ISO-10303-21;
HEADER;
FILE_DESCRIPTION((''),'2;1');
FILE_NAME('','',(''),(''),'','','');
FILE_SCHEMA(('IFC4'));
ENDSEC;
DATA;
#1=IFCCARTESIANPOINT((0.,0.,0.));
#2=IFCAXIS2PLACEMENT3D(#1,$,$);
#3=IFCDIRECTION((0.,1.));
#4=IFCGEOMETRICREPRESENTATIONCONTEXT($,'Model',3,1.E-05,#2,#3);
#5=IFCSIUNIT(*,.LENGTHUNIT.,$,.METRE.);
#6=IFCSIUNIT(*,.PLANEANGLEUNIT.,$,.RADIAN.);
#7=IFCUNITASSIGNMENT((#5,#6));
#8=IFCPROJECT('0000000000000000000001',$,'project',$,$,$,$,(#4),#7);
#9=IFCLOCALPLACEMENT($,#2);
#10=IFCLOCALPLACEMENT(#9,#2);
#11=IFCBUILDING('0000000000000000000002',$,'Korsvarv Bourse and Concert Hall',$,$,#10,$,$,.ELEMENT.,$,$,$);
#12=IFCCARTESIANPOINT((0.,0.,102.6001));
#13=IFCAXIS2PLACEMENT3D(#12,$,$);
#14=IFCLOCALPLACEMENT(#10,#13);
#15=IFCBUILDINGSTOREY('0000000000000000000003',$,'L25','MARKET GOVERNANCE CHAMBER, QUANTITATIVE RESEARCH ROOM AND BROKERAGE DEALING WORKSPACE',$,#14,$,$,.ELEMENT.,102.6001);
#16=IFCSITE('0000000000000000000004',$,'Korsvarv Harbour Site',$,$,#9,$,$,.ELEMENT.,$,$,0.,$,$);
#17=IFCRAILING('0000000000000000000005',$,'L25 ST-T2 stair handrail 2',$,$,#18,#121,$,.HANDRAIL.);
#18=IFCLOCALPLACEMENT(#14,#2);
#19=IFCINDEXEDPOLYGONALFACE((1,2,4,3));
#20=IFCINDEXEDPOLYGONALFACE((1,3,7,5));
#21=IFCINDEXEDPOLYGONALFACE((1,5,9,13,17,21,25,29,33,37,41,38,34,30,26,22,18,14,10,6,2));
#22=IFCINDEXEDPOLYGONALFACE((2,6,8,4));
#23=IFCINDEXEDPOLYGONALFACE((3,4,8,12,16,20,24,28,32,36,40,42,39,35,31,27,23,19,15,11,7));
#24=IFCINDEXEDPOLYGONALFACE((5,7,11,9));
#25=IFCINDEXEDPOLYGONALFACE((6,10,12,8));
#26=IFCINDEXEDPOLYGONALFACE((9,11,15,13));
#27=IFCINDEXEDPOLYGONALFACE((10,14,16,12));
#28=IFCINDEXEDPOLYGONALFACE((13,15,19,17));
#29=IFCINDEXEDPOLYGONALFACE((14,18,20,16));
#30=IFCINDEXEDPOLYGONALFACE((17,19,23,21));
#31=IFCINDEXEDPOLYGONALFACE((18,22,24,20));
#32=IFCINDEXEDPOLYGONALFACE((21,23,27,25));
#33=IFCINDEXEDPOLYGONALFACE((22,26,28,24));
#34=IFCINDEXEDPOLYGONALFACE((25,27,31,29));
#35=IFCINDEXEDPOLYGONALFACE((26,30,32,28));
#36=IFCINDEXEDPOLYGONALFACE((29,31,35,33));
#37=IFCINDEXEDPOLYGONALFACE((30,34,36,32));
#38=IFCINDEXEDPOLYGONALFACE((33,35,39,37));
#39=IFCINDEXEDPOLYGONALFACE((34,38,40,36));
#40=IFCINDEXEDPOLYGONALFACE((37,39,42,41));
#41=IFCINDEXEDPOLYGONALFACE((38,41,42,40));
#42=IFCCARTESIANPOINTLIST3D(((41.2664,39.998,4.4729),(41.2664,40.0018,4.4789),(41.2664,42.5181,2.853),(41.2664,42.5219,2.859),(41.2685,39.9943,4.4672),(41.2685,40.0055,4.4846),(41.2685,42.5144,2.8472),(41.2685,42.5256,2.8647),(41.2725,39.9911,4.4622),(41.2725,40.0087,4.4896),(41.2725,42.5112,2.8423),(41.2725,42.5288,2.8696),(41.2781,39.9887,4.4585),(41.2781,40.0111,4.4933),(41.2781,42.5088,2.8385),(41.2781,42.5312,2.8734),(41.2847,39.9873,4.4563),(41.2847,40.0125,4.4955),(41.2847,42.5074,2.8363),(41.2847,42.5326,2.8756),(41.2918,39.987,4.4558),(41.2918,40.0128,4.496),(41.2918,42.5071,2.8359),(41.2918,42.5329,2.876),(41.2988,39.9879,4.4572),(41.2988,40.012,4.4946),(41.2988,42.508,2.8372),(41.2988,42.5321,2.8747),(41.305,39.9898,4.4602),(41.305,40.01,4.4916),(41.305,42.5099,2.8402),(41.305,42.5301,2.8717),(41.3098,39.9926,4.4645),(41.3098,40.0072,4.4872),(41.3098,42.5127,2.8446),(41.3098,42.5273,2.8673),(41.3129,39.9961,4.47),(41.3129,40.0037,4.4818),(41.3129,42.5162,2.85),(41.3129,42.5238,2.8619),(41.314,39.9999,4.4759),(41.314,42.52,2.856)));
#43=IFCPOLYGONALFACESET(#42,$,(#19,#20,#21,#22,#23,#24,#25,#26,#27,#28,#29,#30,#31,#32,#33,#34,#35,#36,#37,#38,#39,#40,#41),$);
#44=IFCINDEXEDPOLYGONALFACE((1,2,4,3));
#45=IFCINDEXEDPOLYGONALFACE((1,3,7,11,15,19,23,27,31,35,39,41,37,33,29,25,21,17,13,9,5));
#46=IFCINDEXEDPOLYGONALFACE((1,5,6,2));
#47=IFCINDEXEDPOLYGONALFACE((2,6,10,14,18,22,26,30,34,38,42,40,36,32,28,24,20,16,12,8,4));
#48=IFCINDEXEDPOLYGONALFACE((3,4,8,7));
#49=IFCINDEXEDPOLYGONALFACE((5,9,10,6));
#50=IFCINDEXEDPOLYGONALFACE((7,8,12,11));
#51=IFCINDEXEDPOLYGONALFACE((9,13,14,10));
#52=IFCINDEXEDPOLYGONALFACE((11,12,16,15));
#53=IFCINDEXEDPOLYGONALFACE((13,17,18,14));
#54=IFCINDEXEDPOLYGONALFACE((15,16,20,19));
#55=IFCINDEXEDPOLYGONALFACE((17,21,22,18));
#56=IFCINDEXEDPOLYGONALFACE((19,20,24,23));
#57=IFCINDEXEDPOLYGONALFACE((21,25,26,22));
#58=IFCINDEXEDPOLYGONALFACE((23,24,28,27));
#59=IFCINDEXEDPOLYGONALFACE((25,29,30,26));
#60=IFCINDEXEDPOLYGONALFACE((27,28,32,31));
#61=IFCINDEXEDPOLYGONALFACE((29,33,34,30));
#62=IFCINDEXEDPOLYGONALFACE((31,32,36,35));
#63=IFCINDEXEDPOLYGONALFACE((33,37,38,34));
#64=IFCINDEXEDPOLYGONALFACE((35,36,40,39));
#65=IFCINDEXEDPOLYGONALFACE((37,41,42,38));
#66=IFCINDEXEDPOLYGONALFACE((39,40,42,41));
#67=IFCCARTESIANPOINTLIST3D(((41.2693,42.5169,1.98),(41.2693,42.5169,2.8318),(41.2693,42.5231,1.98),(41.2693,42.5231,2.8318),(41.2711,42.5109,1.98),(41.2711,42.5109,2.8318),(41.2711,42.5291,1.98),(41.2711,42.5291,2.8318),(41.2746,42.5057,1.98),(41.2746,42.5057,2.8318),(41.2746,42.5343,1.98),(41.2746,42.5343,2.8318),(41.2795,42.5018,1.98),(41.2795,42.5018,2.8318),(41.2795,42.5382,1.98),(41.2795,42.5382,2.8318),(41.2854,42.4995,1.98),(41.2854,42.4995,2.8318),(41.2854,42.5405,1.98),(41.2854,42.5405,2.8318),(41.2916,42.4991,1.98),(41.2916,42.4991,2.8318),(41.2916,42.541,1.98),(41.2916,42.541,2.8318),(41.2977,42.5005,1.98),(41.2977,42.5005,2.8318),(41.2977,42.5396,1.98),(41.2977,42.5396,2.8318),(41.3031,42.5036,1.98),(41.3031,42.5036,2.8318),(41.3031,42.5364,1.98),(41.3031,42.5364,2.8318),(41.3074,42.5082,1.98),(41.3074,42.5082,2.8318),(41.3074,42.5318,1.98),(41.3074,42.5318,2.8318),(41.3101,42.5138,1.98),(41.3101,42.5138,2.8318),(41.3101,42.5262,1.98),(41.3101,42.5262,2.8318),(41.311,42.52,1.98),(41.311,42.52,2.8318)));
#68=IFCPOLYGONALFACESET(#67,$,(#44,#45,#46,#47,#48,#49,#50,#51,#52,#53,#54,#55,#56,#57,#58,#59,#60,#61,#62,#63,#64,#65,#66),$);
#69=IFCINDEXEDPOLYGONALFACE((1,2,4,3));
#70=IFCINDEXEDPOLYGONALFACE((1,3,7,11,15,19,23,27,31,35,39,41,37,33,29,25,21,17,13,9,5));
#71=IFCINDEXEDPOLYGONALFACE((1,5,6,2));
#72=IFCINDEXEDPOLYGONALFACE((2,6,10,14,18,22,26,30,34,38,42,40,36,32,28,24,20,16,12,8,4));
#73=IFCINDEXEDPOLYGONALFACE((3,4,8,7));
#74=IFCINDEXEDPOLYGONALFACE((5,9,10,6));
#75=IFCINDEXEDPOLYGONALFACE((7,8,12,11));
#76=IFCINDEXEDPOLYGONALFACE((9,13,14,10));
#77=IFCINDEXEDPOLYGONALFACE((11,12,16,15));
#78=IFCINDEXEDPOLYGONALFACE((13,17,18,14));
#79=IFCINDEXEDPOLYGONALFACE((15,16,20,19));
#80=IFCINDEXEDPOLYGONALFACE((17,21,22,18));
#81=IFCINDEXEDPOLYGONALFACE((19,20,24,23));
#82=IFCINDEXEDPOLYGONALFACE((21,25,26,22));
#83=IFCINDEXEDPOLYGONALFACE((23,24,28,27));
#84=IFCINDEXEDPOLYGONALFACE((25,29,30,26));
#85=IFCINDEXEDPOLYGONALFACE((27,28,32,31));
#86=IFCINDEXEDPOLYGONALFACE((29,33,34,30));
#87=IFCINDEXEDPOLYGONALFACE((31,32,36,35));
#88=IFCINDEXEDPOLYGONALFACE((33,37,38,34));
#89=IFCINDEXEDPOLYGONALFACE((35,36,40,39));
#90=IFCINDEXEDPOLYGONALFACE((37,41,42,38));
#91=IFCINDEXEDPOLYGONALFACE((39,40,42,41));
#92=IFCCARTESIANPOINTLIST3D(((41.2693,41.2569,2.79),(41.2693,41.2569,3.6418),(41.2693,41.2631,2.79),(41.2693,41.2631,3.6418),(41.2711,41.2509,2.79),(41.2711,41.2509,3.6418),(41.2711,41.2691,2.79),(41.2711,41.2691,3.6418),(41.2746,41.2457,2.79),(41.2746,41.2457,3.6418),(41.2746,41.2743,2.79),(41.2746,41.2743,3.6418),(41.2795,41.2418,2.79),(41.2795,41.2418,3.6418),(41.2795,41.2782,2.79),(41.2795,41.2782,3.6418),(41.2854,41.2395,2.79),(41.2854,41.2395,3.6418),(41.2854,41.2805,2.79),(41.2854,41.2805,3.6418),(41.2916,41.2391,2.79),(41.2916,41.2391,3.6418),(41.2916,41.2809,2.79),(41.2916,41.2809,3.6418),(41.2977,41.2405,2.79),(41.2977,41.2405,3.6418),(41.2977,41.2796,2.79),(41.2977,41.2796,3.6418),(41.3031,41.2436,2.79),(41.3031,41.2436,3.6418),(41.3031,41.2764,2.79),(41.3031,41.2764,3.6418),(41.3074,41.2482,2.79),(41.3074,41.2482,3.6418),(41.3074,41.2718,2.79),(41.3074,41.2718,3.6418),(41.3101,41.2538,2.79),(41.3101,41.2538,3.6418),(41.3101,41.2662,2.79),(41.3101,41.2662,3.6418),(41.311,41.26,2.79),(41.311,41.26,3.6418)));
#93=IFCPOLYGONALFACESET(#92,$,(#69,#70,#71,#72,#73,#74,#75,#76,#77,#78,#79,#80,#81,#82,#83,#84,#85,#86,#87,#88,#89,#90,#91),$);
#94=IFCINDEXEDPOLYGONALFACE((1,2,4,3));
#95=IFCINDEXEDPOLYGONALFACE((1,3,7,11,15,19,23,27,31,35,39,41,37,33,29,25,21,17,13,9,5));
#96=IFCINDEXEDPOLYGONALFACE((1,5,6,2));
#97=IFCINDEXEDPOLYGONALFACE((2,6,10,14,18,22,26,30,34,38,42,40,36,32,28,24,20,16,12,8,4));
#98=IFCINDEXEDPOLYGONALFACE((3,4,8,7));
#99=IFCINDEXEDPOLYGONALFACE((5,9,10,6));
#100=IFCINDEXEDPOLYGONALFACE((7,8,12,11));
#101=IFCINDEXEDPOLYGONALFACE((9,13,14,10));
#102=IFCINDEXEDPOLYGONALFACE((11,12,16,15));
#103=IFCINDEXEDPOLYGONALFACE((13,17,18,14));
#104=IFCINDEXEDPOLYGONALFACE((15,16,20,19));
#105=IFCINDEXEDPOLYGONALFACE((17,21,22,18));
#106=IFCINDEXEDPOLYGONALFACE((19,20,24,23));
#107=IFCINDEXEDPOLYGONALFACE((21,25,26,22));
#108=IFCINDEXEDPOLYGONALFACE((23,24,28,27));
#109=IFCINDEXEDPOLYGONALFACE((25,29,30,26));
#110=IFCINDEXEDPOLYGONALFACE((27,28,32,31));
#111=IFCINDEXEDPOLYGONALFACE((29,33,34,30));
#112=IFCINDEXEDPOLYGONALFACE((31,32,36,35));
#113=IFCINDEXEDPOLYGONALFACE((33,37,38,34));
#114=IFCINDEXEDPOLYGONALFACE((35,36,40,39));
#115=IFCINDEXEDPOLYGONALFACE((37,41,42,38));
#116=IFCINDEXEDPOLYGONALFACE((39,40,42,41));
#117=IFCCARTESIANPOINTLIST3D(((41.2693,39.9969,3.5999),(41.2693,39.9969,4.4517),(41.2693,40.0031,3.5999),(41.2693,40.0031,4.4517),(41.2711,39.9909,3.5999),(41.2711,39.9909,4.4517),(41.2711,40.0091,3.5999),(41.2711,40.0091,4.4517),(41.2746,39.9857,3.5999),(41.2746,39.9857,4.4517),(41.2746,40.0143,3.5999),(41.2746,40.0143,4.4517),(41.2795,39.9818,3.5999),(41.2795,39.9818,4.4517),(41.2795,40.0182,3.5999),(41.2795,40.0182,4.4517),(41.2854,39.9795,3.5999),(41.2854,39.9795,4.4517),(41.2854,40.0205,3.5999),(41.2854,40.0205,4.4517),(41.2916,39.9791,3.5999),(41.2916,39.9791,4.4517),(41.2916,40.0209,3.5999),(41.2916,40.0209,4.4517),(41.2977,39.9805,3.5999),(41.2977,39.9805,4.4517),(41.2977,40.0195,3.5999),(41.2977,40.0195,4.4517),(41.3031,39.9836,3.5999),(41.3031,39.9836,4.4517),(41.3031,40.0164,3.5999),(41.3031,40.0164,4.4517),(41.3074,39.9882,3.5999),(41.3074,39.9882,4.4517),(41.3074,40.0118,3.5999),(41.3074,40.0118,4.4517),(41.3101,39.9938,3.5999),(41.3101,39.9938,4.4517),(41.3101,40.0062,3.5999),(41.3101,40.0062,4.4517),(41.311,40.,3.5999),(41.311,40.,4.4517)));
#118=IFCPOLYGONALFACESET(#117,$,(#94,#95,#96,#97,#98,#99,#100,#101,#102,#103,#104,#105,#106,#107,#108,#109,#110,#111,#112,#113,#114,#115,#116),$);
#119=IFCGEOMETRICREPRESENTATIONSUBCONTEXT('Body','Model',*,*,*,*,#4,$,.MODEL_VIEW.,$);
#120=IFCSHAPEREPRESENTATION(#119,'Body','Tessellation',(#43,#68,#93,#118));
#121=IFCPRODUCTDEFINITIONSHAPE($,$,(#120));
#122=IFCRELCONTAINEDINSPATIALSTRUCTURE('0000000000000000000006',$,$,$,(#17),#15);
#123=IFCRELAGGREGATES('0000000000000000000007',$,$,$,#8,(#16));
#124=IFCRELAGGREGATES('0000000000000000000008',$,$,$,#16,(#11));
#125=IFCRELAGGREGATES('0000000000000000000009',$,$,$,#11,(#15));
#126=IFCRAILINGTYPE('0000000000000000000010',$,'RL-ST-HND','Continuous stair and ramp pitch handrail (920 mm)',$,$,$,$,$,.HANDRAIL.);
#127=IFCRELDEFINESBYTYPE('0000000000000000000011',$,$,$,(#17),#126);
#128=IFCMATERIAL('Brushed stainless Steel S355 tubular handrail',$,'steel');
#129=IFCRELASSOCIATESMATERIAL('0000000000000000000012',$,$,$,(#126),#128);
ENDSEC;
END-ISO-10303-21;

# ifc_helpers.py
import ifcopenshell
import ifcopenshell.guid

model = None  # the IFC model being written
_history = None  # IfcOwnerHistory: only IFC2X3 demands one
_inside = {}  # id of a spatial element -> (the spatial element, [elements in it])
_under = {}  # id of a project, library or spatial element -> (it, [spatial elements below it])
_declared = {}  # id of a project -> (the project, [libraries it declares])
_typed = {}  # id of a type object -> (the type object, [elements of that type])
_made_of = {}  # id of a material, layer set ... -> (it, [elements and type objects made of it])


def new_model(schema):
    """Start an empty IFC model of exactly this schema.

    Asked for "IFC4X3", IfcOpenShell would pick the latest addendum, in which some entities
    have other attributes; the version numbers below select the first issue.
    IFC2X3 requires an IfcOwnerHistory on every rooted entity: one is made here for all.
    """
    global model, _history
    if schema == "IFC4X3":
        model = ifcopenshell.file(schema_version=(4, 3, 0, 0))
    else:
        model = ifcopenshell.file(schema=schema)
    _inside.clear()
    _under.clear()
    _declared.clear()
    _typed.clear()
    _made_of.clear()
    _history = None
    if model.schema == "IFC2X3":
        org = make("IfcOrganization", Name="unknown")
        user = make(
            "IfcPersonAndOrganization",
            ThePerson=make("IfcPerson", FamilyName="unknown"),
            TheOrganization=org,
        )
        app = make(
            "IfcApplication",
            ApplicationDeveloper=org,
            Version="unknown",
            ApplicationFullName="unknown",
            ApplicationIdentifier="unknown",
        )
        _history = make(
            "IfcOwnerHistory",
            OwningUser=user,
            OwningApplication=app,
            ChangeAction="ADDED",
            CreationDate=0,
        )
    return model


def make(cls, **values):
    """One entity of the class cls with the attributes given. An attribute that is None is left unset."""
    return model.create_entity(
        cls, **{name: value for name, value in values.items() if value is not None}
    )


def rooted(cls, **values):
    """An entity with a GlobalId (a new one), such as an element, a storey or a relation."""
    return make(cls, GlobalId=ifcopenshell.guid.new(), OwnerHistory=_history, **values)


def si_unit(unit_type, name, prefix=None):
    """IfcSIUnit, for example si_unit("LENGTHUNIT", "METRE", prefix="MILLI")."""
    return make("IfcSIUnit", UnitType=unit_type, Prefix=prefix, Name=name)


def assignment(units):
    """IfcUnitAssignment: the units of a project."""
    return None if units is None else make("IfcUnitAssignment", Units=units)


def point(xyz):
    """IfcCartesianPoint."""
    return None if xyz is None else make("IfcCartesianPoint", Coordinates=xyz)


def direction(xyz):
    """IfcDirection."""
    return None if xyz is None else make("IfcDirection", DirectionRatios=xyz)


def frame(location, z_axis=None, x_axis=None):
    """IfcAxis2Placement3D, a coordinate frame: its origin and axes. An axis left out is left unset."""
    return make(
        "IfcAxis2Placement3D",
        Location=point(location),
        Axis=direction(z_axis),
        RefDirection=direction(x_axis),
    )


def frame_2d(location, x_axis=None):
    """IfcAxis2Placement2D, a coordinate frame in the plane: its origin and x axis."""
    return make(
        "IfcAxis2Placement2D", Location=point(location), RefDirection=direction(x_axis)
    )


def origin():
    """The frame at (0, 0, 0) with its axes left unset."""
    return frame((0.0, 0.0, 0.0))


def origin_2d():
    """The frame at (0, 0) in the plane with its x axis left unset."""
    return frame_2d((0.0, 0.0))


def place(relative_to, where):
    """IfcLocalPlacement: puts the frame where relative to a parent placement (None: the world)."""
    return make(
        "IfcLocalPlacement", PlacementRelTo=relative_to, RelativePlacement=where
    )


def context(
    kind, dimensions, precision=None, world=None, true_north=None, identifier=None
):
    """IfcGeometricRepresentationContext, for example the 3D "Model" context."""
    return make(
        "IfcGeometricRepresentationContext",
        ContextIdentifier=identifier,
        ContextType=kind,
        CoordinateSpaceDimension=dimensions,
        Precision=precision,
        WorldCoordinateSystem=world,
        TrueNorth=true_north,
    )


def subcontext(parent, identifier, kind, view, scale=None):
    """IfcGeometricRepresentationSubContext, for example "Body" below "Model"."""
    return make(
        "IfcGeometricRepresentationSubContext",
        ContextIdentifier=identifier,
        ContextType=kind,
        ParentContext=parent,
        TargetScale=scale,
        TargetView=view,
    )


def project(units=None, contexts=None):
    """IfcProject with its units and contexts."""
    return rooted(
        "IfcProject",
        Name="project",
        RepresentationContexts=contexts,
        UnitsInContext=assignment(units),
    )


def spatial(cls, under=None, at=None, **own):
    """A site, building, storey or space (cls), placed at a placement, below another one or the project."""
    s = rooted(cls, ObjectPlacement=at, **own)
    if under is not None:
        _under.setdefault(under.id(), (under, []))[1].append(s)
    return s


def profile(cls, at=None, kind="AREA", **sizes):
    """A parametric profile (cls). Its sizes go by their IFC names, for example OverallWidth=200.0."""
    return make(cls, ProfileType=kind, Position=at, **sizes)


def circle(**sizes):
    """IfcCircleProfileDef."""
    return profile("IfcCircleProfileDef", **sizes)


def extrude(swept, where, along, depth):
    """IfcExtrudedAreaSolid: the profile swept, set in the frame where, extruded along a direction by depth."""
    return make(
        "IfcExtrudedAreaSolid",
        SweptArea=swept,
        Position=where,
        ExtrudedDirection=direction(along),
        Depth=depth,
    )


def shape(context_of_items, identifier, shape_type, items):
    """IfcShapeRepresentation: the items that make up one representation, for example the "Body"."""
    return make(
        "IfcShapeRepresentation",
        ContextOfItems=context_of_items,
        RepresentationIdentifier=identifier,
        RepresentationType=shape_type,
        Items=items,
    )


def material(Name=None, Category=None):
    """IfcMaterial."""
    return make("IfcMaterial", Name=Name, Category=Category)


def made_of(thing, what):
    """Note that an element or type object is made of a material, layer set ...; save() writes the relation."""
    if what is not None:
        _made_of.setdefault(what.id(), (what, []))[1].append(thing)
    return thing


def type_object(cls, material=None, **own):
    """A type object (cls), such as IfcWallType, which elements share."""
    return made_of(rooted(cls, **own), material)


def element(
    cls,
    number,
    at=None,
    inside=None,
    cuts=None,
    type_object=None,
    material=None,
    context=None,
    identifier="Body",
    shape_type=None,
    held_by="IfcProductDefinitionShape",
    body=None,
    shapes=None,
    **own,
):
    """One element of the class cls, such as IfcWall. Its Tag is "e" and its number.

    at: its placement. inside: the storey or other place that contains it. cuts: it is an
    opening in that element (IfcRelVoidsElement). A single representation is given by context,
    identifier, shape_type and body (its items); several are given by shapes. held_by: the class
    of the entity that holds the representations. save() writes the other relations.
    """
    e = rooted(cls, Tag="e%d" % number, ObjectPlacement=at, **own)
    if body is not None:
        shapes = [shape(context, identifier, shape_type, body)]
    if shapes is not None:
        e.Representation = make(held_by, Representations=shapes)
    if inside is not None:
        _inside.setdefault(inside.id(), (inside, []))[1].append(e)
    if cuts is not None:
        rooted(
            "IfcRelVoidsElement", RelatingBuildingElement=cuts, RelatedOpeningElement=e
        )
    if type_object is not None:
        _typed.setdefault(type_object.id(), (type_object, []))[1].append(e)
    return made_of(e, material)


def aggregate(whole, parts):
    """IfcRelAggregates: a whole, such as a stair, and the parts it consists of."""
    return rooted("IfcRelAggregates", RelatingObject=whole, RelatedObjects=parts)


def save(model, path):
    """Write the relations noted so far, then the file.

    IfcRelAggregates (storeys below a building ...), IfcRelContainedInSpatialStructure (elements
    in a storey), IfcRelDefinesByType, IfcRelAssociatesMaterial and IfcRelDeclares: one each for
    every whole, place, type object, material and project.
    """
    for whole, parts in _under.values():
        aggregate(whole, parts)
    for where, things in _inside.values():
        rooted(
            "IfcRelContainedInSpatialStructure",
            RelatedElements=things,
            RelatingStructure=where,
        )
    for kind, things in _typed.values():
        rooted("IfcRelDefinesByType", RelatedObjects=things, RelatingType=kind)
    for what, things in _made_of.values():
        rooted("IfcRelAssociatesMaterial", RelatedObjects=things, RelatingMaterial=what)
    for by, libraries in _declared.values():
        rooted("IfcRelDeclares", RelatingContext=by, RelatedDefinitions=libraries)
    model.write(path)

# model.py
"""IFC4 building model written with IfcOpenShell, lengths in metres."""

from ifc_helpers import new_model, si_unit, direction, frame, origin, origin_2d, place, context, subcontext, project, spatial, circle, extrude, material, type_object, element, save


model = new_model("IFC4")

# Units and contexts
model_context = context("Model", 3, precision=1e-05, world=origin(), true_north=direction((0.0, 1.0)))
body_context = subcontext(model_context, "Body", "Model", "MODEL_VIEW")
ifc_project = project(units=[si_unit("LENGTHUNIT", "METRE"), si_unit("PLANEANGLEUNIT", "RADIAN")], contexts=[model_context])

# Site, building, storey
site_placement = place(None, origin())
site = spatial("IfcSite", under=ifc_project, at=site_placement, Name="Korsvarv Harbour Site", CompositionType="ELEMENT", RefElevation=0.0)
building_placement = place(site_placement, origin())
building = spatial("IfcBuilding", under=site, at=building_placement, Name="Korsvarv Bourse and Concert Hall", CompositionType="ELEMENT")
storey_placement = place(building_placement, frame((0.0, 0.0, 102.6001)))
storey = spatial("IfcBuildingStorey", under=building, at=storey_placement, Name="L25", Description="MARKET GOVERNANCE CHAMBER, QUANTITATIVE RESEARCH ROOM AND BROKERAGE DEALING WORKSPACE", CompositionType="ELEMENT", Elevation=102.6001)

# Railing
ifc_material_1 = material(Name="Brushed stainless Steel S355 tubular handrail", Category="steel")
railing_type_1 = type_object("IfcRailingType", Name="RL-ST-HND", Description="Continuous stair and ramp pitch handrail (920 mm)", PredefinedType="HANDRAIL", material=ifc_material_1)
railing_1_placement = place(storey_placement, frame((41.29, 42.52, 1.98)))
element("IfcRailing", 1, at=railing_1_placement, inside=storey, type_object=railing_type_1, Name="L25 ST-T2 stair handrail 2", PredefinedType="HANDRAIL", context=body_context, shape_type="SweptSolid", body=[
    extrude(circle(Radius=0.0239, at=origin_2d()), frame((0.0, 0.0, 0.876), z_axis=(0.0, -0.8412, 0.540725), x_axis=(1.0, 0.0, 0.0)), (0.0, 0.0, 1.0), 2.9958),
    extrude(circle(Radius=0.021, at=origin_2d()), origin(), (0.0, 0.0, 1.0), 0.8518),
    extrude(circle(Radius=0.021, at=origin_2d()), frame((0.0, -1.26, 0.8101)), (0.0, 0.0, 1.0), 0.8518),
    extrude(circle(Radius=0.021, at=origin_2d()), frame((0.0, -2.52, 1.6199)), (0.0, 0.0, 1.0), 0.8518),
])

save(model, "model.ifc")
